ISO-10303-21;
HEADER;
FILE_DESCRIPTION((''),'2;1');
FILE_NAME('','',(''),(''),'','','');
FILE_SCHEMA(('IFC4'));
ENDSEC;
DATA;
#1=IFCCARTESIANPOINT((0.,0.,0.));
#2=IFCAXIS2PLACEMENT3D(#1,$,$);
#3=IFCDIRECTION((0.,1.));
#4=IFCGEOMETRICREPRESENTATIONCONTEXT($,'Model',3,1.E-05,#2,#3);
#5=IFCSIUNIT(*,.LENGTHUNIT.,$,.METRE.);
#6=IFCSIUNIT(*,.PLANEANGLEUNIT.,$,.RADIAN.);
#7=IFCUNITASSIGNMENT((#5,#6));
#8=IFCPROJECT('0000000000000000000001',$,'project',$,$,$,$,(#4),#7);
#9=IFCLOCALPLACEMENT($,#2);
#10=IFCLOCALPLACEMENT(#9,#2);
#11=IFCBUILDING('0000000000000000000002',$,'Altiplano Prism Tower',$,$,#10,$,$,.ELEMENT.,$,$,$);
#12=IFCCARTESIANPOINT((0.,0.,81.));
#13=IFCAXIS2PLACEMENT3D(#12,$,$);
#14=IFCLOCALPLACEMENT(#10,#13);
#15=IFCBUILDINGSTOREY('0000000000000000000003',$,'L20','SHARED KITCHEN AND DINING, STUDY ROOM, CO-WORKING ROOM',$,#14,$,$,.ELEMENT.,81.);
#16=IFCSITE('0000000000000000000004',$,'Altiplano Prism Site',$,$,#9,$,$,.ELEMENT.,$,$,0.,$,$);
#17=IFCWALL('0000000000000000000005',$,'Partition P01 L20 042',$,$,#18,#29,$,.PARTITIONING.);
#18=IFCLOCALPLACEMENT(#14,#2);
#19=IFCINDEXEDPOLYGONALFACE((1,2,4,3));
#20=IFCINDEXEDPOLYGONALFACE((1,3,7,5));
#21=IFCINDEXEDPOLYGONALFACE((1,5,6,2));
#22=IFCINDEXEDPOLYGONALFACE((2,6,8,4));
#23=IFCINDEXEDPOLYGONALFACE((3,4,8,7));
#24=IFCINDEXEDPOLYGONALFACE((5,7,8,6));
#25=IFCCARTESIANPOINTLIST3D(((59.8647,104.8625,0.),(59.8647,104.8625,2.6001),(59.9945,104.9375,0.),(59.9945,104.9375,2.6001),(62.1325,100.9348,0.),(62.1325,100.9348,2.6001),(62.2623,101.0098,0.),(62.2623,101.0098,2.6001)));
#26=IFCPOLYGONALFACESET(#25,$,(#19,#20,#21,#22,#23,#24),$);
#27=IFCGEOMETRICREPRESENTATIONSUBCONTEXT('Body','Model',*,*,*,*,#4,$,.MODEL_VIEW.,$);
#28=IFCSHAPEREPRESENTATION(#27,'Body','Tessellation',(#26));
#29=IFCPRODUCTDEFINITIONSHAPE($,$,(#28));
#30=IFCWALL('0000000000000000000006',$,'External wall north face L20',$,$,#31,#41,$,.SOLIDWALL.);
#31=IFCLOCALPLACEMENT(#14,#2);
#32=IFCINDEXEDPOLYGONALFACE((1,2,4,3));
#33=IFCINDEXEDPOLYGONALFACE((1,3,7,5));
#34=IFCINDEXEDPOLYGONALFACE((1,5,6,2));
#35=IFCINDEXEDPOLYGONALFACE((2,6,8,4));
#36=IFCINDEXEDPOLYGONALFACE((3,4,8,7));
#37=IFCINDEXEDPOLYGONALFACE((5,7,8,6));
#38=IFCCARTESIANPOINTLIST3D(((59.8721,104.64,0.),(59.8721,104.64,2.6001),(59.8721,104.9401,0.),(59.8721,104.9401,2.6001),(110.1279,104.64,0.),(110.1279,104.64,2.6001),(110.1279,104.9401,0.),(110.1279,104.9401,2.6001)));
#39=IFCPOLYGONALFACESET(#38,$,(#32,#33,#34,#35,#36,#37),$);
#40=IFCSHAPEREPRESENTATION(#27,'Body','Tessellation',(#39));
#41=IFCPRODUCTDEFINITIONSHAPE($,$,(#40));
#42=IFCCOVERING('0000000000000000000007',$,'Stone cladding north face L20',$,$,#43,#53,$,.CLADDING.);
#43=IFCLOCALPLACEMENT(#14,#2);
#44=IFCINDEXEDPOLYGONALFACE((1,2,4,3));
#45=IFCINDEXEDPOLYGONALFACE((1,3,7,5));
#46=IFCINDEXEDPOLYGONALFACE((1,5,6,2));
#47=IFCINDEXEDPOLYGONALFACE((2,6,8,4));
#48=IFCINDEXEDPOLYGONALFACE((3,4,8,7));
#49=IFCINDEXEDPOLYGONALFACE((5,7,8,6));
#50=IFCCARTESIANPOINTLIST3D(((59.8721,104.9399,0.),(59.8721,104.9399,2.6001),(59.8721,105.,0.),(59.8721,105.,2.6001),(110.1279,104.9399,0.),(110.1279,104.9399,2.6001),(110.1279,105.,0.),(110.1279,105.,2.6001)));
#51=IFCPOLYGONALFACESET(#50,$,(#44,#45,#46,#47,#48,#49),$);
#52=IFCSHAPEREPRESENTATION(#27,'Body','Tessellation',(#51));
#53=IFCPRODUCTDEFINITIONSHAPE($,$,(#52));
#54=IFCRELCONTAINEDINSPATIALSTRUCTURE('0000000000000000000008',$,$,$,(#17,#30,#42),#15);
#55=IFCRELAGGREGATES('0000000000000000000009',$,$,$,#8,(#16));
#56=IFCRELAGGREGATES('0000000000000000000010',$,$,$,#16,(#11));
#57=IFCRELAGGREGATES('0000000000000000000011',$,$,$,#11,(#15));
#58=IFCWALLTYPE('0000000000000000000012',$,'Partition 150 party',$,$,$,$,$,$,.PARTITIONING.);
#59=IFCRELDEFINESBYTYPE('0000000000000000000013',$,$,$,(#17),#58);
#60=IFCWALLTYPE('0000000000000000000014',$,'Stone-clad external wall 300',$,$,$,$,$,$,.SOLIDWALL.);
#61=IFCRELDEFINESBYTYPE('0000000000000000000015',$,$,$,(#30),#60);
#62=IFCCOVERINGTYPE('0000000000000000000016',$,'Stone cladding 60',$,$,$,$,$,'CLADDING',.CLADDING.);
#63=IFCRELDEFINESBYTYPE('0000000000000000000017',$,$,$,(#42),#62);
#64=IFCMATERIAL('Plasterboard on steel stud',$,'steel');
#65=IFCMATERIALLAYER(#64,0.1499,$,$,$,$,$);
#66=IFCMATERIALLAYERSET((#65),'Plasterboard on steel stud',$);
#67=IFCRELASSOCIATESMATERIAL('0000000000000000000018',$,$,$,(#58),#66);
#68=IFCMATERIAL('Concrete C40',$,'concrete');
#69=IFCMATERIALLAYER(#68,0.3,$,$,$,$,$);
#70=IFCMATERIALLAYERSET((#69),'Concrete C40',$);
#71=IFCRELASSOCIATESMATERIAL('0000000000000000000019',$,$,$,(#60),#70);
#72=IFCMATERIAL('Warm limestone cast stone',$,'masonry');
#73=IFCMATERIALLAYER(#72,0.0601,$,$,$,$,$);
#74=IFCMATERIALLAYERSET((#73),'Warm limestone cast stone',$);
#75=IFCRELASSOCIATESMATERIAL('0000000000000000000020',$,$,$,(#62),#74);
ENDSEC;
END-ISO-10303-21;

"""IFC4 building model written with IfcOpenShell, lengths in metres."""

from ifc_helpers import new_model, si_unit, direction, frame, frame_2d, origin, place, context, subcontext, project, spatial, rectangle, extrude, material, layer, layer_set, type_object, element, save


model = new_model("IFC4")

# Units and contexts
model_context = context("Model", 3, precision=1e-05, world=origin(), true_north=direction((0.0, 1.0)))
body_context = subcontext(model_context, "Body", "Model", "MODEL_VIEW")
ifc_project = project(units=[si_unit("LENGTHUNIT", "METRE"), si_unit("PLANEANGLEUNIT", "RADIAN")], contexts=[model_context])

# Site, building, storey
site_placement = place(None, origin())
site = spatial("IfcSite", under=ifc_project, at=site_placement, Name="Altiplano Prism Site", CompositionType="ELEMENT", RefElevation=0.0)
building_placement = place(site_placement, origin())
building = spatial("IfcBuilding", under=site, at=building_placement, Name="Altiplano Prism Tower", CompositionType="ELEMENT")
storey_placement = place(building_placement, frame((0.0, 0.0, 81.0)))
storey = spatial("IfcBuildingStorey", under=building, at=storey_placement, Name="L20", Description="SHARED KITCHEN AND DINING, STUDY ROOM, CO-WORKING ROOM", CompositionType="ELEMENT", Elevation=81.0)

# Shared definitions
ifc_material_1 = material(Name="Plasterboard on steel stud", Category="steel")

# Walls
ifc_layer_1 = layer(ifc_material_1, 0.1499)
ifc_layer_set_1 = layer_set([ifc_layer_1], Name="Plasterboard on steel stud")
wall_type_1 = type_object("IfcWallType", Name="Partition 150 party", PredefinedType="PARTITIONING", material=ifc_layer_set_1)
wall_1_placement = place(storey_placement, frame((59.9297, 104.8999, 0.0), z_axis=(0.0, 0.0, 1.0), x_axis=(0.500024, -0.866012, 0.0)))
element("IfcWall", 1, at=wall_1_placement, inside=storey, type_object=wall_type_1, Name="Partition P01 L20 042", PredefinedType="PARTITIONING", context=body_context, shape_type="SweptSolid", body=[
    extrude(rectangle(XDim=4.5354, YDim=0.1499, at=frame_2d((2.2676, 0.0))), origin(), (0.0, 0.0, 1.0), 2.6001),
])
ifc_material_2 = material(Name="Concrete C40", Category="concrete")
ifc_layer_2 = layer(ifc_material_2, 0.3)
ifc_layer_set_2 = layer_set([ifc_layer_2], Name="Concrete C40")
wall_type_2 = type_object("IfcWallType", Name="Stone-clad external wall 300", PredefinedType="SOLIDWALL", material=ifc_layer_set_2)
wall_2_placement = place(storey_placement, frame((59.8721, 104.79, 0.0), z_axis=(0.0, 0.0, 1.0), x_axis=(1.0, 0.0, 0.0)))
element("IfcWall", 2, at=wall_2_placement, inside=storey, type_object=wall_type_2, Name="External wall north face L20", PredefinedType="SOLIDWALL", context=body_context, shape_type="SweptSolid", body=[
    extrude(rectangle(XDim=50.2559, YDim=0.3, at=frame_2d((25.1279, 0.0))), origin(), (0.0, 0.0, 1.0), 2.6001),
])

# Covering
ifc_material_3 = material(Name="Warm limestone cast stone", Category="masonry")
ifc_layer_3 = layer(ifc_material_3, 0.0601)
ifc_layer_set_3 = layer_set([ifc_layer_3], Name="Warm limestone cast stone")
covering_type = type_object("IfcCoveringType", Name="Stone cladding 60", ElementType="CLADDING", PredefinedType="CLADDING", material=ifc_layer_set_3)
covering_placement = place(storey_placement, frame((59.8721, 104.97, 0.0), z_axis=(0.0, 0.0, 1.0), x_axis=(1.0, 0.0, 0.0)))
element("IfcCovering", 3, at=covering_placement, inside=storey, type_object=covering_type, Name="Stone cladding north face L20", PredefinedType="CLADDING", context=body_context, shape_type="SweptSolid", body=[
    extrude(rectangle(XDim=50.2559, YDim=0.0601, at=frame_2d((25.1279, 0.0))), origin(), (0.0, 0.0, 1.0), 2.6001),
])

save(model, "model.ifc")
